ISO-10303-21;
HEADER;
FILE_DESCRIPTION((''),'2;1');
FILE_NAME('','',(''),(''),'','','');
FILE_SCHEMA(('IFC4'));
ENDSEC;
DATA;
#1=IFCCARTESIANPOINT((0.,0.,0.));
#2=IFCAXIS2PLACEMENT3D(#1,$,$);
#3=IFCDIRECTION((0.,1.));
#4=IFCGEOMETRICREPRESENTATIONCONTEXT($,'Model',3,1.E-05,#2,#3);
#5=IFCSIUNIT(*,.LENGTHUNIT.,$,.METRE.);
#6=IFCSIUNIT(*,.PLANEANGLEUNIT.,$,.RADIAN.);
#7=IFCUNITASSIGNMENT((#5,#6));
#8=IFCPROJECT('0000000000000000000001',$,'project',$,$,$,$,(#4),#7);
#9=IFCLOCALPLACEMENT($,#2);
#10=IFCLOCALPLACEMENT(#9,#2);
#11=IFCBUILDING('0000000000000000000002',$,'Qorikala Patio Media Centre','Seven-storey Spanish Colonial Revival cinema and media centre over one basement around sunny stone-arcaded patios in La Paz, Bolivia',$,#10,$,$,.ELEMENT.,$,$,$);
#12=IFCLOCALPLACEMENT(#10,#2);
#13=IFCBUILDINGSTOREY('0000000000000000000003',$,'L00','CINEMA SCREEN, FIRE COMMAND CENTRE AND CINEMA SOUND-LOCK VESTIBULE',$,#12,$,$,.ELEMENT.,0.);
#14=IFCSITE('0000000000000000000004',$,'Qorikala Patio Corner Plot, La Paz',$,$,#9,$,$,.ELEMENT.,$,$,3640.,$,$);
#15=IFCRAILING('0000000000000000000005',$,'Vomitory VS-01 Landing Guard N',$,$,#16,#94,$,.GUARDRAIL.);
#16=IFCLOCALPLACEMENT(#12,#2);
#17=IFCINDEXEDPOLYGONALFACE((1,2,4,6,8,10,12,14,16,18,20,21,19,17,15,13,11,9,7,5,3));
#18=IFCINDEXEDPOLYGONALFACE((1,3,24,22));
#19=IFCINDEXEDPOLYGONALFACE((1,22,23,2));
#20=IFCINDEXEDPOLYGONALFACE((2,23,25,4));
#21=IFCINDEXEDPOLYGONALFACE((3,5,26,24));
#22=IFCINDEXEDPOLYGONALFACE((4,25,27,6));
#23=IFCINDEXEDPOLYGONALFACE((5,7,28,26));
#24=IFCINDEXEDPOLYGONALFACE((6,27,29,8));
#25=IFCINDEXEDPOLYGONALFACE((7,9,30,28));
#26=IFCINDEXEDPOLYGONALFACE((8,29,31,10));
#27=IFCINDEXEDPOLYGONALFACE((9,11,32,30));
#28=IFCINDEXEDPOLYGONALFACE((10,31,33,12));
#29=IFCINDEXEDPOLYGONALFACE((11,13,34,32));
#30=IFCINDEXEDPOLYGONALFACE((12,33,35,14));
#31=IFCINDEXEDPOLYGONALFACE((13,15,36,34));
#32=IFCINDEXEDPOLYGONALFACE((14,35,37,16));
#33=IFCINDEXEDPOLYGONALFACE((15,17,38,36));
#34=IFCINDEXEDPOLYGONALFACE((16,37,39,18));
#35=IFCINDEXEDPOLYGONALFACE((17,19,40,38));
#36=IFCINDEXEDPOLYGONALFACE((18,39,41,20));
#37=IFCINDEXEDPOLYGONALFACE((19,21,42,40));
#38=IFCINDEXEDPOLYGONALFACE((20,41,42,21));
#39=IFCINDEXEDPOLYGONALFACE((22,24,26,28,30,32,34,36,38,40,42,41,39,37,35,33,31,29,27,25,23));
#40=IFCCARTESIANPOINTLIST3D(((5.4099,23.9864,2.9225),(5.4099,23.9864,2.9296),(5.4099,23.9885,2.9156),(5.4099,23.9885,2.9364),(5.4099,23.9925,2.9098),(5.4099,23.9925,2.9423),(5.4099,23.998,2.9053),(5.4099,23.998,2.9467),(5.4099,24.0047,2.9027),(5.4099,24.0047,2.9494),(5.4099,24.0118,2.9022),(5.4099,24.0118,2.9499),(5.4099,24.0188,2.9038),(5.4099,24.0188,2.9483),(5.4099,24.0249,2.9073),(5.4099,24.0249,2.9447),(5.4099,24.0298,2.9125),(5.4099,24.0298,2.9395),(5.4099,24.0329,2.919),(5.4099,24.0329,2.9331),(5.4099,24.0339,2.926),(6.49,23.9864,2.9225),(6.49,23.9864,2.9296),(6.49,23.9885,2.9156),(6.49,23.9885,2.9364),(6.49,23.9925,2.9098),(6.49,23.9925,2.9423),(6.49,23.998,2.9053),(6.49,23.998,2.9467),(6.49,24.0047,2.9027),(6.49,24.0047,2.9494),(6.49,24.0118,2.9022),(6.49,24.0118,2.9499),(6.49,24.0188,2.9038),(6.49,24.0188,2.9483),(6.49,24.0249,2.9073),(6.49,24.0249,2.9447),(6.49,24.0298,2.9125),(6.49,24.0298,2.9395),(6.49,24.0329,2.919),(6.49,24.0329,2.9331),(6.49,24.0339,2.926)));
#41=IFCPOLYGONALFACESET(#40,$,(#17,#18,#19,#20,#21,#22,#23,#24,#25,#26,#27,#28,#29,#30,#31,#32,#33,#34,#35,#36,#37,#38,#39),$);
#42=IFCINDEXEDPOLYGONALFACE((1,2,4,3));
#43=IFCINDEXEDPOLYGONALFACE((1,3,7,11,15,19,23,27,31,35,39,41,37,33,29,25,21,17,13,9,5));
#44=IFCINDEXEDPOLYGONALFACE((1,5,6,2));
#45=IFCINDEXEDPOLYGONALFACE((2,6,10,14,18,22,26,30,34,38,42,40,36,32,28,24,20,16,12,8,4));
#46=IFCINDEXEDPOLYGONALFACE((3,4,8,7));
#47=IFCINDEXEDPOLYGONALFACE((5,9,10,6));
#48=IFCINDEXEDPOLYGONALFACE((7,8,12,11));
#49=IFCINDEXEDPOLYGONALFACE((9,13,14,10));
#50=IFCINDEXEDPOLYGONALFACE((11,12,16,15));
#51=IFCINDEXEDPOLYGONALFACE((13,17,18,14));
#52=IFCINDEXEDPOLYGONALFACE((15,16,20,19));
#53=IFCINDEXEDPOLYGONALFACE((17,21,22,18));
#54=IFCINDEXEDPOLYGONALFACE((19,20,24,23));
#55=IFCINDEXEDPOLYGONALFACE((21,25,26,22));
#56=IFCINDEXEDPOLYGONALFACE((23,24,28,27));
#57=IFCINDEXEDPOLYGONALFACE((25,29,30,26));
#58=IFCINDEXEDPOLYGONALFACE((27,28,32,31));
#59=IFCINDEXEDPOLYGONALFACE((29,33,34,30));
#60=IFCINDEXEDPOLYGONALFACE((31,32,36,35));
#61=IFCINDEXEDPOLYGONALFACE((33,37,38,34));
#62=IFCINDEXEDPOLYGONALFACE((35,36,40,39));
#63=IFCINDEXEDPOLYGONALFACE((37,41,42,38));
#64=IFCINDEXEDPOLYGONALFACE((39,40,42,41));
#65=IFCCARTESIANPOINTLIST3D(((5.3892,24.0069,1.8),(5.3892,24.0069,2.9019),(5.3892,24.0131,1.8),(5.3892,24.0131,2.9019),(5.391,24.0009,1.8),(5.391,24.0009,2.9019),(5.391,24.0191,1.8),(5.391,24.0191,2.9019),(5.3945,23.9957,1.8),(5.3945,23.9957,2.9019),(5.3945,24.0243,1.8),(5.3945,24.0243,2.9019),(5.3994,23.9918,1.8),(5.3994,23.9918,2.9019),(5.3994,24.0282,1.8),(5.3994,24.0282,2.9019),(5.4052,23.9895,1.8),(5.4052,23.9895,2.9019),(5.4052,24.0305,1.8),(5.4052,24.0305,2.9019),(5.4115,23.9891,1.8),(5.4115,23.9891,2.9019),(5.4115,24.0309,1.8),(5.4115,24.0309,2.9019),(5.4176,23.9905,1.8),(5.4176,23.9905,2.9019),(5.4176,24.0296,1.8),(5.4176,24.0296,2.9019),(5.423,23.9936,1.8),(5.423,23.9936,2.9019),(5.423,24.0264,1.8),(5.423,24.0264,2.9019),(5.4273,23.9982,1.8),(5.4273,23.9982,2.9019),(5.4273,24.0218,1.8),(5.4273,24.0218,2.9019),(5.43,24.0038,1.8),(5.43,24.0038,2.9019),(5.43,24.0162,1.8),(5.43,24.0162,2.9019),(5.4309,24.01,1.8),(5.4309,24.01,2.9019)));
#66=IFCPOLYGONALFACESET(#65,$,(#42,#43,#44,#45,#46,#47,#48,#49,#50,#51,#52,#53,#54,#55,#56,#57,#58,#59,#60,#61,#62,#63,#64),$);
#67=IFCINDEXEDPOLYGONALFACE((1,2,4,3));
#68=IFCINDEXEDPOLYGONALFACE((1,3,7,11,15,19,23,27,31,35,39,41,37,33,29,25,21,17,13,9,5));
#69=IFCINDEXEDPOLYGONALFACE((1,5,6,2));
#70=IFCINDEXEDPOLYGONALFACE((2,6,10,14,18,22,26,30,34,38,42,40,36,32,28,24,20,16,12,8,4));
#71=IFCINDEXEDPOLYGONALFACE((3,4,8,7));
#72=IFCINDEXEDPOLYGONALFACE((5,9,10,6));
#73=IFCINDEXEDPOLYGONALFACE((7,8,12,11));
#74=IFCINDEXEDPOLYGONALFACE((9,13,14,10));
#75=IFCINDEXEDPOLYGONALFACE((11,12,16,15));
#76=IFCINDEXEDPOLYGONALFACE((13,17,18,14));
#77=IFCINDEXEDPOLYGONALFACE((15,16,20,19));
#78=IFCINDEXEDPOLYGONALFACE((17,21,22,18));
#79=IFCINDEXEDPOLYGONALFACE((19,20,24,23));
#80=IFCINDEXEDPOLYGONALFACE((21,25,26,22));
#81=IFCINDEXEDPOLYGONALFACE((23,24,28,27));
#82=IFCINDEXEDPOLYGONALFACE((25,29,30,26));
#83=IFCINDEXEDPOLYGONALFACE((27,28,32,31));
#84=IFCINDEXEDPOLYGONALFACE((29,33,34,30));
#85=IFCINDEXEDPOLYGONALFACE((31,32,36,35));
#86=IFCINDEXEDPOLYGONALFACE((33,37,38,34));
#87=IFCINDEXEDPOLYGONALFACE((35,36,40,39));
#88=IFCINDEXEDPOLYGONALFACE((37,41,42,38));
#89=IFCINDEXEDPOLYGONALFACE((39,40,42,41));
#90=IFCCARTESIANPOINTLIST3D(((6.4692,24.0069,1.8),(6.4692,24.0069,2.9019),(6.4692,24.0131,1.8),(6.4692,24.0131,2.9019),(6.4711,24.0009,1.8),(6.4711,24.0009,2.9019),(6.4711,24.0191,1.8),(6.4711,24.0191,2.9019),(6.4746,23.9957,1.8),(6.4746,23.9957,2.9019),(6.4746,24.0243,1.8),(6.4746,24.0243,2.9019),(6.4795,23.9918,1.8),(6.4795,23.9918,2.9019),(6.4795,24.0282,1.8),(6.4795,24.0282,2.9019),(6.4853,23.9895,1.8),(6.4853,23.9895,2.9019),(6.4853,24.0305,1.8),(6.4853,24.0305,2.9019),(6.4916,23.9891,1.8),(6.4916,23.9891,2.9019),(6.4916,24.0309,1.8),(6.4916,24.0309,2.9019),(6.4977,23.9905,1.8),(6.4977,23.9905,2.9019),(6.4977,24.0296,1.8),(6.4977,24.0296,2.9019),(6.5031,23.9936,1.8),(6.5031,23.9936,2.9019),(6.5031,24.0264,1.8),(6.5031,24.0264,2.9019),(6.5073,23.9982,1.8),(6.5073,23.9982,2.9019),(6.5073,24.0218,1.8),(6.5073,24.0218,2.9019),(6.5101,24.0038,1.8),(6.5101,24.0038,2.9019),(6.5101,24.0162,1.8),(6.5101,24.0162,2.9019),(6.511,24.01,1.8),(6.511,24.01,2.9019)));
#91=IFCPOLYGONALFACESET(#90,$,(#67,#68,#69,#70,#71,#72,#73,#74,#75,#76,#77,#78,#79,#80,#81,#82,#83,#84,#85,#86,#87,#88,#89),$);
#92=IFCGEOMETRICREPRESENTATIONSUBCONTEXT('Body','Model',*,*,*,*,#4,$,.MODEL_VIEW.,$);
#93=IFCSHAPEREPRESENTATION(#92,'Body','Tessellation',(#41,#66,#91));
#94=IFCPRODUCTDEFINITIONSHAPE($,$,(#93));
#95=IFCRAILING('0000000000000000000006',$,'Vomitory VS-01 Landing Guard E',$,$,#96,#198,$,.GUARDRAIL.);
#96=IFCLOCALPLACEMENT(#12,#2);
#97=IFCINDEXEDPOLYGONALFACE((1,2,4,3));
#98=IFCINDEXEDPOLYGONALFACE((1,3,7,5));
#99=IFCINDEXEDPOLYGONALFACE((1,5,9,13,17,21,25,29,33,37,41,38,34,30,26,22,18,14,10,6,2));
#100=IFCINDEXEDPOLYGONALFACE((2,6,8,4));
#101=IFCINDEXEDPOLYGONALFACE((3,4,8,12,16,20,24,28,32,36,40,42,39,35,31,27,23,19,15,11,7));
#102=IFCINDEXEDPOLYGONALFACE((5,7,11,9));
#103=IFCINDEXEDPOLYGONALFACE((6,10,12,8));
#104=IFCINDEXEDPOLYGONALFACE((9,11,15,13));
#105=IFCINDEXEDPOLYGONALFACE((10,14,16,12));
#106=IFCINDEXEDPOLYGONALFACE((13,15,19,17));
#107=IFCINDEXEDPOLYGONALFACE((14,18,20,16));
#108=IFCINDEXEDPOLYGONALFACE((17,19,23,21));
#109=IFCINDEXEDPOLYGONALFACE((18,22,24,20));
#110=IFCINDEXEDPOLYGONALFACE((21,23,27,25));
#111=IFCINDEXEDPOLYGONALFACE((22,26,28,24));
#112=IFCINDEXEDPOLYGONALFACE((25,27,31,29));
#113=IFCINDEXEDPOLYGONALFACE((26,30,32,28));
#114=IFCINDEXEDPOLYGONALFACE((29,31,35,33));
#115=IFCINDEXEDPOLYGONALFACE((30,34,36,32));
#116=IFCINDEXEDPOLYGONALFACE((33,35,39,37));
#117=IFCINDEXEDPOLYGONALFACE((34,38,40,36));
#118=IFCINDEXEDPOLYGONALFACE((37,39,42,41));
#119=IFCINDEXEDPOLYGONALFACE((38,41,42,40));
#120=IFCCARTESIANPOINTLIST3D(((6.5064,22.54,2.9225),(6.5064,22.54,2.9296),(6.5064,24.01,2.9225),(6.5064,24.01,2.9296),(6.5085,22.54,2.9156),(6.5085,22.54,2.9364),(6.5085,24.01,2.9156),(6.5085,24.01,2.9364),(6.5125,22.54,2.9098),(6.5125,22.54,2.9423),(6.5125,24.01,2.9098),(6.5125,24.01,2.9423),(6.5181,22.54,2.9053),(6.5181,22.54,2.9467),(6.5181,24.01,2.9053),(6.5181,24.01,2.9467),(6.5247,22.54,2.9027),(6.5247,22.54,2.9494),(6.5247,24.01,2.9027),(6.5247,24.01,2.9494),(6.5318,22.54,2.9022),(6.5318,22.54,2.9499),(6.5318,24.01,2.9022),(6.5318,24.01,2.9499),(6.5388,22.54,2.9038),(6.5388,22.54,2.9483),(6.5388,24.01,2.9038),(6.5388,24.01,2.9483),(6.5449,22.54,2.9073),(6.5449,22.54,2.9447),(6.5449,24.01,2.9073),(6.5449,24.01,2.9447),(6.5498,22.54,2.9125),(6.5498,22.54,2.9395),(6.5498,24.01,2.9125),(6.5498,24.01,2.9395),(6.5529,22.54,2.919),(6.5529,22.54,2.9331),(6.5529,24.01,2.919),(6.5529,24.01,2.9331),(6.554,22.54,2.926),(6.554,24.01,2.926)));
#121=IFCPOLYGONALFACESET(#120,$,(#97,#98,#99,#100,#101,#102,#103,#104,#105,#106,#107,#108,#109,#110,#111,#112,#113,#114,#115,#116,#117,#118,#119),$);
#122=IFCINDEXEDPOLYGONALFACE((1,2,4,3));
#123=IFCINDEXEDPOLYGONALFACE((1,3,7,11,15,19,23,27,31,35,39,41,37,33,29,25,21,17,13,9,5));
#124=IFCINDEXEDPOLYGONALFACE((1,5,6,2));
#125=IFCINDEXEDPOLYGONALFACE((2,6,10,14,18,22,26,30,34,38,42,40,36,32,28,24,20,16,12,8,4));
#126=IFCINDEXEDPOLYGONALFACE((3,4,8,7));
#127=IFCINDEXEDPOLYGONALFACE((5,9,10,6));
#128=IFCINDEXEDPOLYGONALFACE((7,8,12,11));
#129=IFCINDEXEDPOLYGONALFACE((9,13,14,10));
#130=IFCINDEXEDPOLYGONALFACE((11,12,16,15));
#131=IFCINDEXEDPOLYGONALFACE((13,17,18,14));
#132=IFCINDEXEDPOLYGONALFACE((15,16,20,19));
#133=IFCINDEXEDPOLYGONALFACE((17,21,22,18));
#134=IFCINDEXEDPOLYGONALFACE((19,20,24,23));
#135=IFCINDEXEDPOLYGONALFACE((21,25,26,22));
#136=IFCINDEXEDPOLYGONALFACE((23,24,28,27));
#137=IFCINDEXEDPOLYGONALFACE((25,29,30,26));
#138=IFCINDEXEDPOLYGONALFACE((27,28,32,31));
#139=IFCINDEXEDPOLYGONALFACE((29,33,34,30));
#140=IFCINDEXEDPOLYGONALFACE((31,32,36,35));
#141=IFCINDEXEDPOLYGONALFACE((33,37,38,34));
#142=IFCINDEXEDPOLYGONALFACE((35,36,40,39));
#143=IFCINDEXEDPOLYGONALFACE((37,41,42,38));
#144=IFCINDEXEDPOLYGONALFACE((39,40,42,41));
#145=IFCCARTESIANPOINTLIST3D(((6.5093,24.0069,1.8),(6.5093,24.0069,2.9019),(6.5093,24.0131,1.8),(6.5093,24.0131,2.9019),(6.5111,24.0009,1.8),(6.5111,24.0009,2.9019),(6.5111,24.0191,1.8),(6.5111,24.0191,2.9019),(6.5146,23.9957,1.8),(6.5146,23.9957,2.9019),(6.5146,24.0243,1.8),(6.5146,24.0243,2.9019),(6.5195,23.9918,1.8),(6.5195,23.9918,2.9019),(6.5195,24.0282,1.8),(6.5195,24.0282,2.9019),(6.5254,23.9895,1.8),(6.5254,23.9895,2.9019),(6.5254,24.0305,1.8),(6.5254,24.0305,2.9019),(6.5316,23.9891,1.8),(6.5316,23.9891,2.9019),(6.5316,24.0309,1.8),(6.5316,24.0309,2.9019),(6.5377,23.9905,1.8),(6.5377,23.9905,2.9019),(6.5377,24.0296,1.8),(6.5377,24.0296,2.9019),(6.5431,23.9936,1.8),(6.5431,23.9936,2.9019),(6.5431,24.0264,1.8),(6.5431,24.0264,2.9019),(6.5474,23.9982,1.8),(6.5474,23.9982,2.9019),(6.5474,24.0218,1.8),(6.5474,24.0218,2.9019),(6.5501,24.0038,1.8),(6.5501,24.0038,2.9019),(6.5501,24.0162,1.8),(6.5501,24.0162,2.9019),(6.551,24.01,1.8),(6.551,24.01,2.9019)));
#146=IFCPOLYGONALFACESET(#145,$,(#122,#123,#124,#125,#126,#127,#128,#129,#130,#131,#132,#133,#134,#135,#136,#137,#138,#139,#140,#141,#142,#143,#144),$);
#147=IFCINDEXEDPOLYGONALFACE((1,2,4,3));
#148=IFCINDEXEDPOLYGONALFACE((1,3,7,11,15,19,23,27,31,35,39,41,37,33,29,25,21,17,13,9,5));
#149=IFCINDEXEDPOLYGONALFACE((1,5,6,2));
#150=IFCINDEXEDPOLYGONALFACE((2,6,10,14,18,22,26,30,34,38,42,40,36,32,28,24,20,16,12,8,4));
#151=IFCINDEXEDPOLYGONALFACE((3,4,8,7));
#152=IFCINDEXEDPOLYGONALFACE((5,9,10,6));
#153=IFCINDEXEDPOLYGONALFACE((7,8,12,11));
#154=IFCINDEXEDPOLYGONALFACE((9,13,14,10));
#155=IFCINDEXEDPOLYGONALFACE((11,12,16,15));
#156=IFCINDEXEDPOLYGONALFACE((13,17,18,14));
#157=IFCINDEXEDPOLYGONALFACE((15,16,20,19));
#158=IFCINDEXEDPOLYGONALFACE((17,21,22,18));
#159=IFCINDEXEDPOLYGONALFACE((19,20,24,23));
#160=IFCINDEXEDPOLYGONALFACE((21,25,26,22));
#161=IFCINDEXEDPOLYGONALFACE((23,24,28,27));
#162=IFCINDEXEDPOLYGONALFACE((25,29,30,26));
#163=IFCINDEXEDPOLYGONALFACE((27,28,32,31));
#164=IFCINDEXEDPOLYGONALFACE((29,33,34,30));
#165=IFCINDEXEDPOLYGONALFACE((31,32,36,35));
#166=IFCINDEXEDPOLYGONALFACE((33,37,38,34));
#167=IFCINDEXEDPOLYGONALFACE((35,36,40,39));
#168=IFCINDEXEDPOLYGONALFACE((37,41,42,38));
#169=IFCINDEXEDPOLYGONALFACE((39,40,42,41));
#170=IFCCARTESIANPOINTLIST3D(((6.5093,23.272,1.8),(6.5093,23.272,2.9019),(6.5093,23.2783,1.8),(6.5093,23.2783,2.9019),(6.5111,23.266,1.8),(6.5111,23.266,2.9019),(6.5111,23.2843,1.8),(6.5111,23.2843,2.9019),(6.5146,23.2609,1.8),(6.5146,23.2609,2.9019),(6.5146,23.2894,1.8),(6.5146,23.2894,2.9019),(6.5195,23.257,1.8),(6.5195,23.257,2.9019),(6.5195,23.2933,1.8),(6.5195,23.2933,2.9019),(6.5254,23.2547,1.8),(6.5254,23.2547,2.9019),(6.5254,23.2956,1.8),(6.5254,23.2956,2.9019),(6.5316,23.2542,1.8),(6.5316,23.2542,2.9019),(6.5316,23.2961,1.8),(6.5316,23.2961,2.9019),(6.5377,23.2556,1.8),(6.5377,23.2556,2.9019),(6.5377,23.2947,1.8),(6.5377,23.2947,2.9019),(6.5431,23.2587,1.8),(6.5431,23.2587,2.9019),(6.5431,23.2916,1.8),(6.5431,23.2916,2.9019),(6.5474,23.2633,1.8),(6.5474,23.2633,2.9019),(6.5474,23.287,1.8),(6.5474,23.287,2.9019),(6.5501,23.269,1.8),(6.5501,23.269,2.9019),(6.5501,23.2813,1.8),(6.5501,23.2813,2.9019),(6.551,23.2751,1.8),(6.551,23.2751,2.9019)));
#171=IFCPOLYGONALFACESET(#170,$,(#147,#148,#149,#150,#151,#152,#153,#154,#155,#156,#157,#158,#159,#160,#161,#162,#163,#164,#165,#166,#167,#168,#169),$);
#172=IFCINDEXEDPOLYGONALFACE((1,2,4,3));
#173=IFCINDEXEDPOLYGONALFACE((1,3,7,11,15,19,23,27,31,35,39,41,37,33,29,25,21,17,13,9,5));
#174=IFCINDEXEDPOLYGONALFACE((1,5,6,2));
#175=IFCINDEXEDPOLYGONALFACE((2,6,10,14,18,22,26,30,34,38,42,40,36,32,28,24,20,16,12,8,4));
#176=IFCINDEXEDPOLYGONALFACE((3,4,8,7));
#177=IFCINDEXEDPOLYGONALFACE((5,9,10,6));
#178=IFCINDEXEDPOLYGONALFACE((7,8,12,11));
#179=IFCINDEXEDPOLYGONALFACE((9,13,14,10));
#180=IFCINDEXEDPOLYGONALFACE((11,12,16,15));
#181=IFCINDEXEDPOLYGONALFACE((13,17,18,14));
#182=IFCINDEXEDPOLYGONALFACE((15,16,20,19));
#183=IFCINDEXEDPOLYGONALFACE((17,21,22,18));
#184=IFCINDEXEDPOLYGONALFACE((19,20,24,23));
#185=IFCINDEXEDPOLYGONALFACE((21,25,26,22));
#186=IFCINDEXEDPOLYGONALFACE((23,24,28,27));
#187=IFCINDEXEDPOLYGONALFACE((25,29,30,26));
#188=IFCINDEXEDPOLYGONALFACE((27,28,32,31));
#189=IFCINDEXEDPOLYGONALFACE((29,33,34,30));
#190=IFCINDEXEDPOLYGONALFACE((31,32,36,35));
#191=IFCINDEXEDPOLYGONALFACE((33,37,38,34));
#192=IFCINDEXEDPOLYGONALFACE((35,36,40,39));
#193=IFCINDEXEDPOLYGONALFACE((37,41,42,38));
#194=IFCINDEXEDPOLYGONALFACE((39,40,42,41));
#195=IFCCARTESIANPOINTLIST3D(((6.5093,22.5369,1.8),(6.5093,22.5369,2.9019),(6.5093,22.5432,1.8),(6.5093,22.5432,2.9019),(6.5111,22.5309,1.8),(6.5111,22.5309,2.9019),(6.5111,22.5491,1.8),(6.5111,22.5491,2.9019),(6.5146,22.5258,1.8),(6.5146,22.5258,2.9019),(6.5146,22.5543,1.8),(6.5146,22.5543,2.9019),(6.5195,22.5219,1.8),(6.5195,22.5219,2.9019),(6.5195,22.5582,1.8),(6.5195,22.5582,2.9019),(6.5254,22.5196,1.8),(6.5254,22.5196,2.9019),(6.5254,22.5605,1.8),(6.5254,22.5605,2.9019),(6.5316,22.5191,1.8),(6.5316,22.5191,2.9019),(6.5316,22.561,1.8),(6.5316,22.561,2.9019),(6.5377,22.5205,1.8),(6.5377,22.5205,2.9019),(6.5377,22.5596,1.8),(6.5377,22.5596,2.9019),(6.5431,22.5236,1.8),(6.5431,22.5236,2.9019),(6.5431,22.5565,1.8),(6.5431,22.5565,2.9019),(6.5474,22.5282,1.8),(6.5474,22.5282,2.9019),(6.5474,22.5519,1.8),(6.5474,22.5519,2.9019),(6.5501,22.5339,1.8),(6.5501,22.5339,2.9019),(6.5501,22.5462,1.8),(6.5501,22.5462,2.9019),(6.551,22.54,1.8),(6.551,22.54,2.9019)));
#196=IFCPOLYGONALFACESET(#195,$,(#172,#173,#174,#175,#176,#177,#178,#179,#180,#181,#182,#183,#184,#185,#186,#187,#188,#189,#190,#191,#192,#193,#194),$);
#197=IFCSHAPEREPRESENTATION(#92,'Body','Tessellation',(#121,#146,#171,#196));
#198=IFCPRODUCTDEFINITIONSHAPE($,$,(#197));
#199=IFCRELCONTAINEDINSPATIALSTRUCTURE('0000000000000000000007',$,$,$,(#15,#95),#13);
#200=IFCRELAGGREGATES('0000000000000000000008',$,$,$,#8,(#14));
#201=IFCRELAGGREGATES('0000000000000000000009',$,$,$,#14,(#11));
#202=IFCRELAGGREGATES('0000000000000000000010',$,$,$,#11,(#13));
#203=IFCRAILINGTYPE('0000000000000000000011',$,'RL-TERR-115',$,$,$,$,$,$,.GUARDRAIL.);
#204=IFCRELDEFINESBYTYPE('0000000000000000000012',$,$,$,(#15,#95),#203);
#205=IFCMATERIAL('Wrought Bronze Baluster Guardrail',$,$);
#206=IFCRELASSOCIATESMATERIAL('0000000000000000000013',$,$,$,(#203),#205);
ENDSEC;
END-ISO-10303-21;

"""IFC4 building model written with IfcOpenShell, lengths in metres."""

from ifc_helpers import new_model, si_unit, direction, frame, origin, origin_2d, place, context, subcontext, project, spatial, circle, extrude, material, type_object, element, save


model = new_model("IFC4")

# Units and contexts
model_context = context("Model", 3, precision=1e-05, world=origin(), true_north=direction((0.0, 1.0)))
body_context = subcontext(model_context, "Body", "Model", "MODEL_VIEW")
ifc_project = project(units=[si_unit("LENGTHUNIT", "METRE"), si_unit("PLANEANGLEUNIT", "RADIAN")], contexts=[model_context])

# Site, building, storey
site_placement = place(None, origin())
site = spatial("IfcSite", under=ifc_project, at=site_placement, Name="Qorikala Patio Corner Plot, La Paz", CompositionType="ELEMENT", RefElevation=3640.0)
building_placement = place(site_placement, origin())
building = spatial("IfcBuilding", under=site, at=building_placement, Name="Qorikala Patio Media Centre", Description="Seven-storey Spanish Colonial Revival cinema and media centre over one basement around sunny stone-arcaded patios in La Paz, Bolivia", CompositionType="ELEMENT")
storey_placement = place(building_placement, origin())
storey = spatial("IfcBuildingStorey", under=building, at=storey_placement, Name="L00", Description="CINEMA SCREEN, FIRE COMMAND CENTRE AND CINEMA SOUND-LOCK VESTIBULE", CompositionType="ELEMENT", Elevation=0.0)

# Railings
ifc_material_1 = material(Name="Wrought Bronze Baluster Guardrail")
railing_type = type_object("IfcRailingType", Name="RL-TERR-115", PredefinedType="GUARDRAIL", material=ifc_material_1)
railing_1_placement = place(storey_placement, frame((5.4099, 24.01, 1.8)))
element("IfcRailing", 1, at=railing_1_placement, inside=storey, type_object=railing_type, Name="Vomitory VS-01 Landing Guard N", PredefinedType="GUARDRAIL", context=body_context, shape_type="SweptSolid", body=[
    extrude(circle(Radius=0.0239, at=origin_2d()), frame((0.0, 0.0, 1.126), z_axis=(1.0, 0.0, 0.0), x_axis=(0.0, 1.0, 0.0)), (0.0, 0.0, 1.0), 1.0801),
    extrude(circle(Radius=0.021, at=origin_2d()), origin(), (0.0, 0.0, 1.0), 1.1018),
    extrude(circle(Radius=0.021, at=origin_2d()), frame((1.0801, 0.0, 0.0)), (0.0, 0.0, 1.0), 1.1018),
])
railing_2_placement = place(storey_placement, frame((6.53, 24.01, 1.8)))
element("IfcRailing", 2, at=railing_2_placement, inside=storey, type_object=railing_type, Name="Vomitory VS-01 Landing Guard E", PredefinedType="GUARDRAIL", context=body_context, shape_type="SweptSolid", body=[
    extrude(circle(Radius=0.0239, at=origin_2d()), frame((0.0, 0.0, 1.126), z_axis=(0.0, -1.0, 0.0), x_axis=(1.0, 0.0, 0.0)), (0.0, 0.0, 1.0), 1.47),
    extrude(circle(Radius=0.021, at=origin_2d()), origin(), (0.0, 0.0, 1.0), 1.1018),
    extrude(circle(Radius=0.021, at=origin_2d()), frame((0.0, -0.7349, 0.0)), (0.0, 0.0, 1.0), 1.1018),
    extrude(circle(Radius=0.021, at=origin_2d()), frame((0.0, -1.47, 0.0)), (0.0, 0.0, 1.0), 1.1018),
])

save(model, "model.ifc")
